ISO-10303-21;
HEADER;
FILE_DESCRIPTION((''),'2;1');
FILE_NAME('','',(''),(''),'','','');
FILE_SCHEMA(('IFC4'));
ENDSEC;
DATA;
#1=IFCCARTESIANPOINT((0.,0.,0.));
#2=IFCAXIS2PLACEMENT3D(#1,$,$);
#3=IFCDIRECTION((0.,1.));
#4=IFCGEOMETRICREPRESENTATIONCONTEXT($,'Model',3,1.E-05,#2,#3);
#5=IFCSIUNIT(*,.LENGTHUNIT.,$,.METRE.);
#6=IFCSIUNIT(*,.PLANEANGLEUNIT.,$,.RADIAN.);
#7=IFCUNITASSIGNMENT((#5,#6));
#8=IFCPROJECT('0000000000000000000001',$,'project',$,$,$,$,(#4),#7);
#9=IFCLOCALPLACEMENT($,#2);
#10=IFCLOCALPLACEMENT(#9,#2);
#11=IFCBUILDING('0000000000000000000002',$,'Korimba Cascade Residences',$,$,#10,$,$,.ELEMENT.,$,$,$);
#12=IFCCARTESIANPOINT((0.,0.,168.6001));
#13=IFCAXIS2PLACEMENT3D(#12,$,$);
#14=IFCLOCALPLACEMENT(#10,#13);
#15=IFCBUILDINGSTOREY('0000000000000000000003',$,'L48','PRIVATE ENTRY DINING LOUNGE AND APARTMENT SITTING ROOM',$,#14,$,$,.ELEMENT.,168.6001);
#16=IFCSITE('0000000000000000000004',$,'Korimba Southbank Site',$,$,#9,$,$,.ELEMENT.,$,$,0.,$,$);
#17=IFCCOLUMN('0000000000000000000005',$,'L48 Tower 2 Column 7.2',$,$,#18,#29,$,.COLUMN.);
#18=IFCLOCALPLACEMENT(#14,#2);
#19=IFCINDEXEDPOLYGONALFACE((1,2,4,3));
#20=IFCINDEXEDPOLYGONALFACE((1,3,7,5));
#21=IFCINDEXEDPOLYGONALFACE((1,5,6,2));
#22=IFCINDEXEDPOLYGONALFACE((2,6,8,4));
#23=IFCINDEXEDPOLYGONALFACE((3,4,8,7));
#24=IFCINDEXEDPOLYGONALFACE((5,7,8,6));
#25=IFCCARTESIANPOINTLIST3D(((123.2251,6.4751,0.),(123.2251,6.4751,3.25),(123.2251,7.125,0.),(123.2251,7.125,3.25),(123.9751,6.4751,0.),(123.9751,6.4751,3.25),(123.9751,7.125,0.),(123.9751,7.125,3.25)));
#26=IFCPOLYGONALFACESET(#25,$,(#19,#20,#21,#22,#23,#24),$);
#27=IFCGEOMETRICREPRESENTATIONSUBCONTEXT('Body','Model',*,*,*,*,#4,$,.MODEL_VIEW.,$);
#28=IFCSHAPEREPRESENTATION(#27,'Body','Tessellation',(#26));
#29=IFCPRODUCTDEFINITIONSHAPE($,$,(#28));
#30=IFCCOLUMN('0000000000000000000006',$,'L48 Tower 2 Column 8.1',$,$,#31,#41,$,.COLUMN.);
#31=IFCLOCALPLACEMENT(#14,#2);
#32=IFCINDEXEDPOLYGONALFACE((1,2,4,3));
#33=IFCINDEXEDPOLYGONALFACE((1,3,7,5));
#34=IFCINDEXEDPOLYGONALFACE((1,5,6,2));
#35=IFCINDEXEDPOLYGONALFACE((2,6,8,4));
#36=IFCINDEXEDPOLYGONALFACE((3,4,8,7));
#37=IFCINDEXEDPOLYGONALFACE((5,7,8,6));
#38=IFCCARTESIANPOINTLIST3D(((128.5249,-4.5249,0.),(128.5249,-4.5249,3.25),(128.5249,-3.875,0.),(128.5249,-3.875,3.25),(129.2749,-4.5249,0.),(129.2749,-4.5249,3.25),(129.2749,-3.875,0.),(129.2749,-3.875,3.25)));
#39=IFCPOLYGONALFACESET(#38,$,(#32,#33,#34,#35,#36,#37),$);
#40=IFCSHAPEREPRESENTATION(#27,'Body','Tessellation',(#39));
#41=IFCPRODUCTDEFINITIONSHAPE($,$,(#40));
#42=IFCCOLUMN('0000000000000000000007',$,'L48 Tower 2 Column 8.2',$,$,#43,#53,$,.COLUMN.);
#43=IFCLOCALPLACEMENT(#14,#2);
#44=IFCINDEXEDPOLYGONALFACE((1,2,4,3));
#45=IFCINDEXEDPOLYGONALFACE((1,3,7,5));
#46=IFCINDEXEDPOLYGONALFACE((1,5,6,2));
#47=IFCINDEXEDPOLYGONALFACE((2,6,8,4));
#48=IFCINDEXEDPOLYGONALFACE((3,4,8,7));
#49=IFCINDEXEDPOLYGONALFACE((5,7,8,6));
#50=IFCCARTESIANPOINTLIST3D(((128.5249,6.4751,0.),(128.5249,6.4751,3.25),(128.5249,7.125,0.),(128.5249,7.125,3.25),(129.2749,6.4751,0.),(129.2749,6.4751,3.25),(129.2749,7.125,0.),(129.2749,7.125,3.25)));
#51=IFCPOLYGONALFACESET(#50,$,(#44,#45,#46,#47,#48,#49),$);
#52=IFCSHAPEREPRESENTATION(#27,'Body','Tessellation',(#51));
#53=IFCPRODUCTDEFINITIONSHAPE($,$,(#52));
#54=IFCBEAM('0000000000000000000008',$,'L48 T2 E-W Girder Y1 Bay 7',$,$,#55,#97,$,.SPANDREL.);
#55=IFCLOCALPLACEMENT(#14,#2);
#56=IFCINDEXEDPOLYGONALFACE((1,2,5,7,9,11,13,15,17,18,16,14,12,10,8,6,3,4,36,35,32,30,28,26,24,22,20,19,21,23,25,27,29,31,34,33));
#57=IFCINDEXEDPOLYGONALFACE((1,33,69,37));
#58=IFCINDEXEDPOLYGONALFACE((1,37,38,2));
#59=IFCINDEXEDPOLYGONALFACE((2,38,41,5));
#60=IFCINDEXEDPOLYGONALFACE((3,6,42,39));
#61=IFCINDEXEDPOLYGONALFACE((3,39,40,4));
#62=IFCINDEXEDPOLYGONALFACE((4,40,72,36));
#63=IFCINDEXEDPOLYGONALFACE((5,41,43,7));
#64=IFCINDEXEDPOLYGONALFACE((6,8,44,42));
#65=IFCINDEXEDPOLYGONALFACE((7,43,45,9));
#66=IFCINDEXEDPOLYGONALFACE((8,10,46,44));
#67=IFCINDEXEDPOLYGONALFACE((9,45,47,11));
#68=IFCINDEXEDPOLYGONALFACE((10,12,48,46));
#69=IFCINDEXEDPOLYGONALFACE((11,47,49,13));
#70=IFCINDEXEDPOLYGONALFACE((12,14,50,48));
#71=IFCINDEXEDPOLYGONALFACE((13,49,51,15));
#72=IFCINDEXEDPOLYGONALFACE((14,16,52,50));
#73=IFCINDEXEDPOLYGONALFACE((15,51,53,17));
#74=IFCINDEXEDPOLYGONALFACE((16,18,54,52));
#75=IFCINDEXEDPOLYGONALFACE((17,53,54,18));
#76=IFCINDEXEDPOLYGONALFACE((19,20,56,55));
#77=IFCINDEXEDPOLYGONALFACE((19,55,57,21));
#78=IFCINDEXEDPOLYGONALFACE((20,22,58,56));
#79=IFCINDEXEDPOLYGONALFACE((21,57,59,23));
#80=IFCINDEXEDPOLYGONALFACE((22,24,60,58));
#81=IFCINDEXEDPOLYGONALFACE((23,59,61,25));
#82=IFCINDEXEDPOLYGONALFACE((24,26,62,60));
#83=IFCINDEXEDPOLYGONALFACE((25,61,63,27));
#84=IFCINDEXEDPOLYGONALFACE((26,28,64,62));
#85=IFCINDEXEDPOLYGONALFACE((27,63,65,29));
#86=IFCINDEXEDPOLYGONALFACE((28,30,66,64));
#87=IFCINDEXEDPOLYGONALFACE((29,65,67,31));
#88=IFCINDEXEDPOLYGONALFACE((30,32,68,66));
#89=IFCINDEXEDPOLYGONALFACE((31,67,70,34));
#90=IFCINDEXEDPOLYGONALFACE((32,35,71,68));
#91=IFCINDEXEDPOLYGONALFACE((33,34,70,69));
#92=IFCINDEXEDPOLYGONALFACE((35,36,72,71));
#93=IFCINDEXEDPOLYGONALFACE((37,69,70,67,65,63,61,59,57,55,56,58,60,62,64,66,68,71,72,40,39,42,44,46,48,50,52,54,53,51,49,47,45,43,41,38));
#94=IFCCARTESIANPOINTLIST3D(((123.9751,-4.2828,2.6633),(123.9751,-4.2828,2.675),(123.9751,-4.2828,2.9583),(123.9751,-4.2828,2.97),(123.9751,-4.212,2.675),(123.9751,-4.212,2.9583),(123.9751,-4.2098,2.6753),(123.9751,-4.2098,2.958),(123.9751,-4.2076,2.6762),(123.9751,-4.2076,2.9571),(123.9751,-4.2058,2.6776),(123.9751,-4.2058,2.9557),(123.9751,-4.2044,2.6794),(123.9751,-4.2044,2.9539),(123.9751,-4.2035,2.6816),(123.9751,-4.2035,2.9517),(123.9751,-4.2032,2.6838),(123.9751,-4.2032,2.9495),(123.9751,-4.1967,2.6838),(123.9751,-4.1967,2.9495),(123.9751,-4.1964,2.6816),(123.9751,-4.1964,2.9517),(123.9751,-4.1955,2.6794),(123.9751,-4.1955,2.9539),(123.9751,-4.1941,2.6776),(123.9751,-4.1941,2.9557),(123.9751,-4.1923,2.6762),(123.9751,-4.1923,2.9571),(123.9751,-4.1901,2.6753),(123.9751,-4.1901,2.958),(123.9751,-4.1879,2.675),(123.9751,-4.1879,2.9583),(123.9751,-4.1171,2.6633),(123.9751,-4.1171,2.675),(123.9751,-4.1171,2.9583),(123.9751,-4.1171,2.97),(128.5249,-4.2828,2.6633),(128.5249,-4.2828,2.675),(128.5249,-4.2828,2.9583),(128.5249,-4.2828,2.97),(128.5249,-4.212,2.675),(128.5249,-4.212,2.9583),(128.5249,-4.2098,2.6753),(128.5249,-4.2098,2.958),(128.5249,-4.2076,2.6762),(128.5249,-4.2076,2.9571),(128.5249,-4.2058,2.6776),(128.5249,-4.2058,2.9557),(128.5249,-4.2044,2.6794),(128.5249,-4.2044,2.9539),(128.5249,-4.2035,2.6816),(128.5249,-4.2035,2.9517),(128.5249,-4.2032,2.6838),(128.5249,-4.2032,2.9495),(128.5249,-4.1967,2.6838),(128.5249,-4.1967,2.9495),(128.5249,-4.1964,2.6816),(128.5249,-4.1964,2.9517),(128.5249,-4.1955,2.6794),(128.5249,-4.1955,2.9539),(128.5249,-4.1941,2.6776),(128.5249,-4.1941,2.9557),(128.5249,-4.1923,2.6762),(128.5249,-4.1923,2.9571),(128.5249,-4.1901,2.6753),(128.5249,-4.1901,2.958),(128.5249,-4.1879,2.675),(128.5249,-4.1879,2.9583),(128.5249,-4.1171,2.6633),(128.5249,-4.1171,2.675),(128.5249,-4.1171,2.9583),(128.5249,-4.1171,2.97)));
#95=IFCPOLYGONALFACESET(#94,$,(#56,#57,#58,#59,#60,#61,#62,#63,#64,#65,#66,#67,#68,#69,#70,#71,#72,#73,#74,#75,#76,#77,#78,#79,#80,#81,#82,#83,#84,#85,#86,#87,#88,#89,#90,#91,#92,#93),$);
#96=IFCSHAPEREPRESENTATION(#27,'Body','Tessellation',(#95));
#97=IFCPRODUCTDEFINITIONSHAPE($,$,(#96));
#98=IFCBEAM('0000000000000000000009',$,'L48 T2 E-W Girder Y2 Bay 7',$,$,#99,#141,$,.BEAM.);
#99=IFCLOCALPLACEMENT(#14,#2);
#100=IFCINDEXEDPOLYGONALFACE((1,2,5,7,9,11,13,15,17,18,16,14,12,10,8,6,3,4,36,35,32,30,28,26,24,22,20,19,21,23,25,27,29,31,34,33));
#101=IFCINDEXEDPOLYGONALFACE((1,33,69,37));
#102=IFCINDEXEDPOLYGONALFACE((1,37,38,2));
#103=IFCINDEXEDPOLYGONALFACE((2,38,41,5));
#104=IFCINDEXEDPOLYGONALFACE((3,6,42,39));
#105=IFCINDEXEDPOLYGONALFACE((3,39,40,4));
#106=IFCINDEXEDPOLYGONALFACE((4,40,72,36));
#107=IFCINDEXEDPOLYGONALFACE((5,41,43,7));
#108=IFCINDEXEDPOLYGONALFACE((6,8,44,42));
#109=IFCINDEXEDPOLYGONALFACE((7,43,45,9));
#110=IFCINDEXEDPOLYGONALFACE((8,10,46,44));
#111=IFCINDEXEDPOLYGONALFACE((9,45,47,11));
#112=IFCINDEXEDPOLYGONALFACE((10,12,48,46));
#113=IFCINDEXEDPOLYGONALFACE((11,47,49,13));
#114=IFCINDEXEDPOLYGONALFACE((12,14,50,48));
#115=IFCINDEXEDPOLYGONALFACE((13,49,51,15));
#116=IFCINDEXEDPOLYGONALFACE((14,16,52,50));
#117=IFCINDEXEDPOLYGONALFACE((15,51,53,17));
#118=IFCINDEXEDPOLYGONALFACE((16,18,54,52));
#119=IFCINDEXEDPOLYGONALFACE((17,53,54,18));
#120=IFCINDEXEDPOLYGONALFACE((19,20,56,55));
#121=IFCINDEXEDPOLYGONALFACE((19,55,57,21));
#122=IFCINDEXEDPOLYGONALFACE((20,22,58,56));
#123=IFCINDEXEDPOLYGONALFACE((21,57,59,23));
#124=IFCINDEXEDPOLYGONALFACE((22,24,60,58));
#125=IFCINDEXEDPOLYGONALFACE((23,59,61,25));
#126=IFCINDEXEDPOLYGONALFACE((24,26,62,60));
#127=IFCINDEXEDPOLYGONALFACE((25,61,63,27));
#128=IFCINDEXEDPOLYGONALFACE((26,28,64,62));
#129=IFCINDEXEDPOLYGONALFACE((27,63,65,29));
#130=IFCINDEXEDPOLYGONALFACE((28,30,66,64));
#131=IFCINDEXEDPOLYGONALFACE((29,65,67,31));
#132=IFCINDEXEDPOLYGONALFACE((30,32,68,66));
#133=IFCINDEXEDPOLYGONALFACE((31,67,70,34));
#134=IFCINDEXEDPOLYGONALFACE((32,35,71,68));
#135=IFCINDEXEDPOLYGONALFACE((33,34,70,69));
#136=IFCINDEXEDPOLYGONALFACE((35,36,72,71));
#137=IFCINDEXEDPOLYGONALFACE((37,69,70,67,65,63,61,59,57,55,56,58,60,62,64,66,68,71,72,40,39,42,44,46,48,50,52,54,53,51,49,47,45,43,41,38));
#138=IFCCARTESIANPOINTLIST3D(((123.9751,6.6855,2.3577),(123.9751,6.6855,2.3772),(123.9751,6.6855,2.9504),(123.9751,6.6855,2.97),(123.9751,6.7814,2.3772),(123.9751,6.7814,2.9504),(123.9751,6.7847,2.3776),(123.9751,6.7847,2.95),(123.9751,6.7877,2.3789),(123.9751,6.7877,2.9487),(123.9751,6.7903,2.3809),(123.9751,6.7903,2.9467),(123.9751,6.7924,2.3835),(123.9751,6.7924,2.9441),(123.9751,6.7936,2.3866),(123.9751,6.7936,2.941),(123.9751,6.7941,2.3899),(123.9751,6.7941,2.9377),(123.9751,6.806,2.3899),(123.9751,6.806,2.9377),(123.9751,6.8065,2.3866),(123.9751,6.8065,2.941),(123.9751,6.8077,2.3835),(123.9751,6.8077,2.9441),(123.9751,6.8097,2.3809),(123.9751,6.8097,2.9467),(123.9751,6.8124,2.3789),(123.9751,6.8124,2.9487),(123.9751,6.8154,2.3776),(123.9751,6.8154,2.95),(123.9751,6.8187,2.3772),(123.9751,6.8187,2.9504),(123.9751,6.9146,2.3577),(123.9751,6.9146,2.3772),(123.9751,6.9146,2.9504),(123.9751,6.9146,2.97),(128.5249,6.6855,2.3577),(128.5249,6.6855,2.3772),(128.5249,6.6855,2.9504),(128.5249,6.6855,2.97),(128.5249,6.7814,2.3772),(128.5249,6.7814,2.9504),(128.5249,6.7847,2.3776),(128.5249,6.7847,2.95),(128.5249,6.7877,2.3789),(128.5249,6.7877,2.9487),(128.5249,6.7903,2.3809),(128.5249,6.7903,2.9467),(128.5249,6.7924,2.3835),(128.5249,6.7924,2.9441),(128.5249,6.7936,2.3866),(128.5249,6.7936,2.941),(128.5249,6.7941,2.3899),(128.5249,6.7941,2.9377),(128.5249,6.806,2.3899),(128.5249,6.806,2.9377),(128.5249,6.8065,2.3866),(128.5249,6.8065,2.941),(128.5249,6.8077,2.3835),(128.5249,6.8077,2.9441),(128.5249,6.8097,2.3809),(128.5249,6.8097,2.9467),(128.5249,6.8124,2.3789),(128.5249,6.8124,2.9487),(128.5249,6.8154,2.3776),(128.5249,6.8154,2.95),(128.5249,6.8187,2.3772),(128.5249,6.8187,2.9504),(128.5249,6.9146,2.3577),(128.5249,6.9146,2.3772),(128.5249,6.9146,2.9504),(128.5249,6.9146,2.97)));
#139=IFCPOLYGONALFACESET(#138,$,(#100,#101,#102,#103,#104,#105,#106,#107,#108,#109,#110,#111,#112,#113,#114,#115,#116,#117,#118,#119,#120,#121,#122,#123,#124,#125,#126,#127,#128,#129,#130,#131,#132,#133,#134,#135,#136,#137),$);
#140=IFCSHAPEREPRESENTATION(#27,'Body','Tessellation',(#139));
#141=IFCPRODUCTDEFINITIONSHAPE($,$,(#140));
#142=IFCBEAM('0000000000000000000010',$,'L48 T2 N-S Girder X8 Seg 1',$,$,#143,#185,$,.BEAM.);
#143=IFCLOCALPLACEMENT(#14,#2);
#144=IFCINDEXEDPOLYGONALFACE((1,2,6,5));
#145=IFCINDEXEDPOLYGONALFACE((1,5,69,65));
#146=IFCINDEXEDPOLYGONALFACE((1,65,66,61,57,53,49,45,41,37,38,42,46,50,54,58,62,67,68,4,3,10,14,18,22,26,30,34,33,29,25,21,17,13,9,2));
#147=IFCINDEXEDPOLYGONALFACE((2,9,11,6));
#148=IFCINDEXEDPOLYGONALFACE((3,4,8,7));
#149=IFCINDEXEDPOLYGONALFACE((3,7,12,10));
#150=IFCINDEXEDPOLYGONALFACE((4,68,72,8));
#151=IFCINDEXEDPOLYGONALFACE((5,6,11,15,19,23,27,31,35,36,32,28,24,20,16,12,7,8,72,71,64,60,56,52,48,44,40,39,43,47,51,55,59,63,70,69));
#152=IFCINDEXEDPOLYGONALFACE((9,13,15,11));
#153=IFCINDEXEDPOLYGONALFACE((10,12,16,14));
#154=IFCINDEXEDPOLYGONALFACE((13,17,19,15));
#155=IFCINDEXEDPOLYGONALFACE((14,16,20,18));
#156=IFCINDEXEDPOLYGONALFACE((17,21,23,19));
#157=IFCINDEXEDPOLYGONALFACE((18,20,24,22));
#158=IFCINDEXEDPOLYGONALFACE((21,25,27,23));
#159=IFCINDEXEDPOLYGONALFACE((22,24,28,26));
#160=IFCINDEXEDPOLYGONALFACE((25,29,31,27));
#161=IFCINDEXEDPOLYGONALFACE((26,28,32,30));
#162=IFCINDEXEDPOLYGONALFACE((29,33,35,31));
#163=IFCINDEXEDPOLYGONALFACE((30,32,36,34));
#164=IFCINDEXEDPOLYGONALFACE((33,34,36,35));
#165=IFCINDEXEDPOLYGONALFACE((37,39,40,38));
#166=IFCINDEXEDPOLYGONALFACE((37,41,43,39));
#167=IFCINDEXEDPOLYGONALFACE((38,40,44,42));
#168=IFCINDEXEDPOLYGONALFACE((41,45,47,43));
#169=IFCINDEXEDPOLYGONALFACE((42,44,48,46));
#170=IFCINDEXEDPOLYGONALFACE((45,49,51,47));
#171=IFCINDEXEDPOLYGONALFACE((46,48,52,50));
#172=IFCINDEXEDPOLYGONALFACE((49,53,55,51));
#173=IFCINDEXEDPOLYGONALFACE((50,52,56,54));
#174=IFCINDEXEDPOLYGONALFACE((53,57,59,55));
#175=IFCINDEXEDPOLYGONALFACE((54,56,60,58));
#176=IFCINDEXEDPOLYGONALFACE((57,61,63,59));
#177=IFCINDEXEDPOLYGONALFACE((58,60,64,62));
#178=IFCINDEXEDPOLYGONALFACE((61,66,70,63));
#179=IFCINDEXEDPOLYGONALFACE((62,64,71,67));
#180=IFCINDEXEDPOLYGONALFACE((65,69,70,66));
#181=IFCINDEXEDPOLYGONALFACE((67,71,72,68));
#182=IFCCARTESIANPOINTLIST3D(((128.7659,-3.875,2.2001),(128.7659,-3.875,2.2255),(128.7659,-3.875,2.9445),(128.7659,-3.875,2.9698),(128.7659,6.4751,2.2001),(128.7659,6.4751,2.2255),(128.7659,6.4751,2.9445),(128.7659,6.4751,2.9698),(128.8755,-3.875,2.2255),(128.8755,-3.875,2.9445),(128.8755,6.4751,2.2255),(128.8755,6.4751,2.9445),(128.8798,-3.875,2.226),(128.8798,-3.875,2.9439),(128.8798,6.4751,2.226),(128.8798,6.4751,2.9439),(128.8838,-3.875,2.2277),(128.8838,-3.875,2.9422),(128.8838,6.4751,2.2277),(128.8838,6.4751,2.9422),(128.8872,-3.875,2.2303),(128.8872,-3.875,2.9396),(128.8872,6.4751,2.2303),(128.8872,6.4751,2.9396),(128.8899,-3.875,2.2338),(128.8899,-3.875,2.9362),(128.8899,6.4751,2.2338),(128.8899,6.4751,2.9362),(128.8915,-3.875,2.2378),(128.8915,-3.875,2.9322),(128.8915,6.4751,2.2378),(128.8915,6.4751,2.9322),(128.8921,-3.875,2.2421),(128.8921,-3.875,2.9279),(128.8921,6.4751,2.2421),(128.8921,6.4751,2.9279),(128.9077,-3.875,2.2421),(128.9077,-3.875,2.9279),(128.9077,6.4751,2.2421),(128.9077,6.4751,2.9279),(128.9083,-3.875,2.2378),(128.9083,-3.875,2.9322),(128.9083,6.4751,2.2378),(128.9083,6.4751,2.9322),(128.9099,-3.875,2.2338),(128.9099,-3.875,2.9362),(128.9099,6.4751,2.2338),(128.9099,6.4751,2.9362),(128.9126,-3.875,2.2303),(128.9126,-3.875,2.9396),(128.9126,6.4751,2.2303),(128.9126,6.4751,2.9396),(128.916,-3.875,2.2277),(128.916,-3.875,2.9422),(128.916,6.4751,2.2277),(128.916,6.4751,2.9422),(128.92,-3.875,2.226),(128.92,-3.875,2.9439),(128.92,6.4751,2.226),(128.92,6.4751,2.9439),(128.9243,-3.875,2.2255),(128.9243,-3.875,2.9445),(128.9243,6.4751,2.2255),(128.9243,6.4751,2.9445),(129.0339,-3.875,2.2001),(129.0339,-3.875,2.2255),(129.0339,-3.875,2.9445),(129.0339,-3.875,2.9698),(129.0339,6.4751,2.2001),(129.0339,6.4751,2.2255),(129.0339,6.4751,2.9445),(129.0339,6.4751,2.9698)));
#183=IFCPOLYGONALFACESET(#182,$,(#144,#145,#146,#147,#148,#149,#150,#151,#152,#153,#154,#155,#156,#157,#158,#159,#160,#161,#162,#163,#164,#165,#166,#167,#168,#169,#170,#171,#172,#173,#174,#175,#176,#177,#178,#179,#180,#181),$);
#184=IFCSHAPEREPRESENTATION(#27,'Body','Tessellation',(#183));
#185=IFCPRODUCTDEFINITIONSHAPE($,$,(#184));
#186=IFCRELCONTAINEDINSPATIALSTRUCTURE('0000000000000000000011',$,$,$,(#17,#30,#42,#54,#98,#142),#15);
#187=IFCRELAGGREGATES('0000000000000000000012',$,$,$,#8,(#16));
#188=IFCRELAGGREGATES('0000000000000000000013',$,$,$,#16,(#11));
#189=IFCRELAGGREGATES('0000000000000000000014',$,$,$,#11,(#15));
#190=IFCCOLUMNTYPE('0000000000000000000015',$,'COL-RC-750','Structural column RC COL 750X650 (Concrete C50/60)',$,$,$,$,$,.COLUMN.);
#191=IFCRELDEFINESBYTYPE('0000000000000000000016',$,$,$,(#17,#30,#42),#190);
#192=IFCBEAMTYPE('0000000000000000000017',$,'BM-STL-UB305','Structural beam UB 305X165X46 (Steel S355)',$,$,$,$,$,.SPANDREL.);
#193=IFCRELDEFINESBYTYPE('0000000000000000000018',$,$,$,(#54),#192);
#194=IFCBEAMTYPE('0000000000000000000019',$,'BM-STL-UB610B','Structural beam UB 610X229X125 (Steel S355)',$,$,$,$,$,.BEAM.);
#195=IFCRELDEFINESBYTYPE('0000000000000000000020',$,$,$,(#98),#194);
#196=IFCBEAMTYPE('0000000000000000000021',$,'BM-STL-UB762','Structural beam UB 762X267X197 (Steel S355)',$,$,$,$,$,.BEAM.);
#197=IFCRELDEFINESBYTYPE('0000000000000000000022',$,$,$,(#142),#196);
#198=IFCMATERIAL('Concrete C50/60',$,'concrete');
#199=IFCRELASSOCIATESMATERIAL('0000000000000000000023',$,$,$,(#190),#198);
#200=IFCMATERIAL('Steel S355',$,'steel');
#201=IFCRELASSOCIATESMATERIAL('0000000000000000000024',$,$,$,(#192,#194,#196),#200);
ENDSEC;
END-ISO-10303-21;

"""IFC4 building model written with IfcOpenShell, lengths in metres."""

from ifc_helpers import new_model, si_unit, direction, frame, origin, origin_2d, place, context, subcontext, project, spatial, rectangle, i_section, extrude, material, material_profile, profile_set, type_object, element, save


model = new_model("IFC4")

# Units and contexts
model_context = context("Model", 3, precision=1e-05, world=origin(), true_north=direction((0.0, 1.0)))
body_context = subcontext(model_context, "Body", "Model", "MODEL_VIEW")
ifc_project = project(units=[si_unit("LENGTHUNIT", "METRE"), si_unit("PLANEANGLEUNIT", "RADIAN")], contexts=[model_context])

# Site, building, storey
site_placement = place(None, origin())
site = spatial("IfcSite", under=ifc_project, at=site_placement, Name="Korimba Southbank Site", CompositionType="ELEMENT", RefElevation=0.0)
building_placement = place(site_placement, origin())
building = spatial("IfcBuilding", under=site, at=building_placement, Name="Korimba Cascade Residences", CompositionType="ELEMENT")
storey_placement = place(building_placement, frame((0.0, 0.0, 168.6001)))
storey = spatial("IfcBuildingStorey", under=building, at=storey_placement, Name="L48", Description="PRIVATE ENTRY DINING LOUNGE AND APARTMENT SITTING ROOM", CompositionType="ELEMENT", Elevation=168.6001)

# Columns
ifc_material_1 = material(Name="Concrete C50/60", Category="concrete")
ifc_material_profile_1 = material_profile(ifc_material_1, rectangle(XDim=0.75, YDim=0.6499, at=origin_2d()), Name="Concrete C50/60")
ifc_profile_set_1 = profile_set([ifc_material_profile_1], Name="Concrete C50/60")
column_type = type_object("IfcColumnType", Name="COL-RC-750", Description="Structural column RC COL 750X650 (Concrete C50/60)", PredefinedType="COLUMN", material=ifc_profile_set_1)
for number, where, z_axis, x_axis, name in (
    (1, (123.6001, 6.8, 0.0), (0.0, 0.0, 1.0), (1.0, 0.0, 0.0), "L48 Tower 2 Column 7.2"),
    (2, (128.8999, -4.2, 0.0), (0.0, 0.0, 1.0), (1.0, 0.0, 0.0), "L48 Tower 2 Column 8.1"),
    (3, (128.8999, 6.8, 0.0), (0.0, 0.0, 1.0), (1.0, 0.0, 0.0), "L48 Tower 2 Column 8.2"),
):
    element("IfcColumn", number, at=place(storey_placement, frame(where, z_axis=z_axis, x_axis=x_axis)), inside=storey, type_object=column_type, Name=name, PredefinedType="COLUMN", context=body_context, shape_type="SweptSolid", body=[
        extrude(rectangle(XDim=0.75, YDim=0.6499, at=origin_2d()), origin(), (0.0, 0.0, 1.0), 3.25),
    ])

# Beams
ifc_material_2 = material(Name="Steel S355", Category="steel")
ifc_material_profile_2 = material_profile(ifc_material_2, i_section(OverallWidth=0.1658, OverallDepth=0.3066, WebThickness=0.0066, FlangeThickness=0.0117, FilletRadius=0.0088, at=origin_2d()), Name="Steel S355")
ifc_profile_set_2 = profile_set([ifc_material_profile_2], Name="Steel S355")
beam_type_1 = type_object("IfcBeamType", Name="BM-STL-UB305", Description="Structural beam UB 305X165X46 (Steel S355)", PredefinedType="SPANDREL", material=ifc_profile_set_2)
beam_1_placement = place(storey_placement, frame((123.9751, -4.2, 2.8167), z_axis=(1.0, 0.0, 0.0), x_axis=(0.0, 1.0, 0.0)))
element("IfcBeam", 4, at=beam_1_placement, inside=storey, type_object=beam_type_1, Name="L48 T2 E-W Girder Y1 Bay 7", PredefinedType="SPANDREL", context=body_context, shape_type="SweptSolid", body=[
    extrude(i_section(OverallWidth=0.1658, OverallDepth=0.3066, WebThickness=0.0066, FlangeThickness=0.0117, FilletRadius=0.0088, at=origin_2d()), origin(), (0.0, 0.0, 1.0), 4.5498),
])
ifc_material_profile_3 = material_profile(ifc_material_2, i_section(OverallWidth=0.229, OverallDepth=0.6123, WebThickness=0.012, FlangeThickness=0.0195, FilletRadius=0.0127, at=origin_2d()), Name="Steel S355")
ifc_profile_set_3 = profile_set([ifc_material_profile_3], Name="Steel S355")
beam_type_2 = type_object("IfcBeamType", Name="BM-STL-UB610B", Description="Structural beam UB 610X229X125 (Steel S355)", PredefinedType="BEAM", material=ifc_profile_set_3)
beam_2_placement = place(storey_placement, frame((123.9751, 6.8, 2.6638), z_axis=(1.0, 0.0, 0.0), x_axis=(0.0, 1.0, 0.0)))
element("IfcBeam", 5, at=beam_2_placement, inside=storey, type_object=beam_type_2, Name="L48 T2 E-W Girder Y2 Bay 7", PredefinedType="BEAM", context=body_context, shape_type="SweptSolid", body=[
    extrude(i_section(OverallWidth=0.229, OverallDepth=0.6123, WebThickness=0.012, FlangeThickness=0.0195, FilletRadius=0.0127, at=origin_2d()), origin(), (0.0, 0.0, 1.0), 4.5498),
])
ifc_material_profile_4 = material_profile(ifc_material_2, i_section(OverallWidth=0.2681, OverallDepth=0.7698, WebThickness=0.0156, FlangeThickness=0.0254, FilletRadius=0.0166, at=origin_2d()), Name="Steel S355")
ifc_profile_set_4 = profile_set([ifc_material_profile_4], Name="Steel S355")
beam_type_3 = type_object("IfcBeamType", Name="BM-STL-UB762", Description="Structural beam UB 762X267X197 (Steel S355)", PredefinedType="BEAM", material=ifc_profile_set_4)
beam_3_placement = place(storey_placement, frame((128.8999, -3.875, 2.585), z_axis=(0.0, 1.0, 0.0), x_axis=(-1.0, 0.0, 0.0)))
element("IfcBeam", 6, at=beam_3_placement, inside=storey, type_object=beam_type_3, Name="L48 T2 N-S Girder X8 Seg 1", PredefinedType="BEAM", context=body_context, shape_type="SweptSolid", body=[
    extrude(i_section(OverallWidth=0.2681, OverallDepth=0.7698, WebThickness=0.0156, FlangeThickness=0.0254, FilletRadius=0.0166, at=origin_2d()), origin(), (0.0, 0.0, 1.0), 10.3501),
])

save(model, "model.ifc")
